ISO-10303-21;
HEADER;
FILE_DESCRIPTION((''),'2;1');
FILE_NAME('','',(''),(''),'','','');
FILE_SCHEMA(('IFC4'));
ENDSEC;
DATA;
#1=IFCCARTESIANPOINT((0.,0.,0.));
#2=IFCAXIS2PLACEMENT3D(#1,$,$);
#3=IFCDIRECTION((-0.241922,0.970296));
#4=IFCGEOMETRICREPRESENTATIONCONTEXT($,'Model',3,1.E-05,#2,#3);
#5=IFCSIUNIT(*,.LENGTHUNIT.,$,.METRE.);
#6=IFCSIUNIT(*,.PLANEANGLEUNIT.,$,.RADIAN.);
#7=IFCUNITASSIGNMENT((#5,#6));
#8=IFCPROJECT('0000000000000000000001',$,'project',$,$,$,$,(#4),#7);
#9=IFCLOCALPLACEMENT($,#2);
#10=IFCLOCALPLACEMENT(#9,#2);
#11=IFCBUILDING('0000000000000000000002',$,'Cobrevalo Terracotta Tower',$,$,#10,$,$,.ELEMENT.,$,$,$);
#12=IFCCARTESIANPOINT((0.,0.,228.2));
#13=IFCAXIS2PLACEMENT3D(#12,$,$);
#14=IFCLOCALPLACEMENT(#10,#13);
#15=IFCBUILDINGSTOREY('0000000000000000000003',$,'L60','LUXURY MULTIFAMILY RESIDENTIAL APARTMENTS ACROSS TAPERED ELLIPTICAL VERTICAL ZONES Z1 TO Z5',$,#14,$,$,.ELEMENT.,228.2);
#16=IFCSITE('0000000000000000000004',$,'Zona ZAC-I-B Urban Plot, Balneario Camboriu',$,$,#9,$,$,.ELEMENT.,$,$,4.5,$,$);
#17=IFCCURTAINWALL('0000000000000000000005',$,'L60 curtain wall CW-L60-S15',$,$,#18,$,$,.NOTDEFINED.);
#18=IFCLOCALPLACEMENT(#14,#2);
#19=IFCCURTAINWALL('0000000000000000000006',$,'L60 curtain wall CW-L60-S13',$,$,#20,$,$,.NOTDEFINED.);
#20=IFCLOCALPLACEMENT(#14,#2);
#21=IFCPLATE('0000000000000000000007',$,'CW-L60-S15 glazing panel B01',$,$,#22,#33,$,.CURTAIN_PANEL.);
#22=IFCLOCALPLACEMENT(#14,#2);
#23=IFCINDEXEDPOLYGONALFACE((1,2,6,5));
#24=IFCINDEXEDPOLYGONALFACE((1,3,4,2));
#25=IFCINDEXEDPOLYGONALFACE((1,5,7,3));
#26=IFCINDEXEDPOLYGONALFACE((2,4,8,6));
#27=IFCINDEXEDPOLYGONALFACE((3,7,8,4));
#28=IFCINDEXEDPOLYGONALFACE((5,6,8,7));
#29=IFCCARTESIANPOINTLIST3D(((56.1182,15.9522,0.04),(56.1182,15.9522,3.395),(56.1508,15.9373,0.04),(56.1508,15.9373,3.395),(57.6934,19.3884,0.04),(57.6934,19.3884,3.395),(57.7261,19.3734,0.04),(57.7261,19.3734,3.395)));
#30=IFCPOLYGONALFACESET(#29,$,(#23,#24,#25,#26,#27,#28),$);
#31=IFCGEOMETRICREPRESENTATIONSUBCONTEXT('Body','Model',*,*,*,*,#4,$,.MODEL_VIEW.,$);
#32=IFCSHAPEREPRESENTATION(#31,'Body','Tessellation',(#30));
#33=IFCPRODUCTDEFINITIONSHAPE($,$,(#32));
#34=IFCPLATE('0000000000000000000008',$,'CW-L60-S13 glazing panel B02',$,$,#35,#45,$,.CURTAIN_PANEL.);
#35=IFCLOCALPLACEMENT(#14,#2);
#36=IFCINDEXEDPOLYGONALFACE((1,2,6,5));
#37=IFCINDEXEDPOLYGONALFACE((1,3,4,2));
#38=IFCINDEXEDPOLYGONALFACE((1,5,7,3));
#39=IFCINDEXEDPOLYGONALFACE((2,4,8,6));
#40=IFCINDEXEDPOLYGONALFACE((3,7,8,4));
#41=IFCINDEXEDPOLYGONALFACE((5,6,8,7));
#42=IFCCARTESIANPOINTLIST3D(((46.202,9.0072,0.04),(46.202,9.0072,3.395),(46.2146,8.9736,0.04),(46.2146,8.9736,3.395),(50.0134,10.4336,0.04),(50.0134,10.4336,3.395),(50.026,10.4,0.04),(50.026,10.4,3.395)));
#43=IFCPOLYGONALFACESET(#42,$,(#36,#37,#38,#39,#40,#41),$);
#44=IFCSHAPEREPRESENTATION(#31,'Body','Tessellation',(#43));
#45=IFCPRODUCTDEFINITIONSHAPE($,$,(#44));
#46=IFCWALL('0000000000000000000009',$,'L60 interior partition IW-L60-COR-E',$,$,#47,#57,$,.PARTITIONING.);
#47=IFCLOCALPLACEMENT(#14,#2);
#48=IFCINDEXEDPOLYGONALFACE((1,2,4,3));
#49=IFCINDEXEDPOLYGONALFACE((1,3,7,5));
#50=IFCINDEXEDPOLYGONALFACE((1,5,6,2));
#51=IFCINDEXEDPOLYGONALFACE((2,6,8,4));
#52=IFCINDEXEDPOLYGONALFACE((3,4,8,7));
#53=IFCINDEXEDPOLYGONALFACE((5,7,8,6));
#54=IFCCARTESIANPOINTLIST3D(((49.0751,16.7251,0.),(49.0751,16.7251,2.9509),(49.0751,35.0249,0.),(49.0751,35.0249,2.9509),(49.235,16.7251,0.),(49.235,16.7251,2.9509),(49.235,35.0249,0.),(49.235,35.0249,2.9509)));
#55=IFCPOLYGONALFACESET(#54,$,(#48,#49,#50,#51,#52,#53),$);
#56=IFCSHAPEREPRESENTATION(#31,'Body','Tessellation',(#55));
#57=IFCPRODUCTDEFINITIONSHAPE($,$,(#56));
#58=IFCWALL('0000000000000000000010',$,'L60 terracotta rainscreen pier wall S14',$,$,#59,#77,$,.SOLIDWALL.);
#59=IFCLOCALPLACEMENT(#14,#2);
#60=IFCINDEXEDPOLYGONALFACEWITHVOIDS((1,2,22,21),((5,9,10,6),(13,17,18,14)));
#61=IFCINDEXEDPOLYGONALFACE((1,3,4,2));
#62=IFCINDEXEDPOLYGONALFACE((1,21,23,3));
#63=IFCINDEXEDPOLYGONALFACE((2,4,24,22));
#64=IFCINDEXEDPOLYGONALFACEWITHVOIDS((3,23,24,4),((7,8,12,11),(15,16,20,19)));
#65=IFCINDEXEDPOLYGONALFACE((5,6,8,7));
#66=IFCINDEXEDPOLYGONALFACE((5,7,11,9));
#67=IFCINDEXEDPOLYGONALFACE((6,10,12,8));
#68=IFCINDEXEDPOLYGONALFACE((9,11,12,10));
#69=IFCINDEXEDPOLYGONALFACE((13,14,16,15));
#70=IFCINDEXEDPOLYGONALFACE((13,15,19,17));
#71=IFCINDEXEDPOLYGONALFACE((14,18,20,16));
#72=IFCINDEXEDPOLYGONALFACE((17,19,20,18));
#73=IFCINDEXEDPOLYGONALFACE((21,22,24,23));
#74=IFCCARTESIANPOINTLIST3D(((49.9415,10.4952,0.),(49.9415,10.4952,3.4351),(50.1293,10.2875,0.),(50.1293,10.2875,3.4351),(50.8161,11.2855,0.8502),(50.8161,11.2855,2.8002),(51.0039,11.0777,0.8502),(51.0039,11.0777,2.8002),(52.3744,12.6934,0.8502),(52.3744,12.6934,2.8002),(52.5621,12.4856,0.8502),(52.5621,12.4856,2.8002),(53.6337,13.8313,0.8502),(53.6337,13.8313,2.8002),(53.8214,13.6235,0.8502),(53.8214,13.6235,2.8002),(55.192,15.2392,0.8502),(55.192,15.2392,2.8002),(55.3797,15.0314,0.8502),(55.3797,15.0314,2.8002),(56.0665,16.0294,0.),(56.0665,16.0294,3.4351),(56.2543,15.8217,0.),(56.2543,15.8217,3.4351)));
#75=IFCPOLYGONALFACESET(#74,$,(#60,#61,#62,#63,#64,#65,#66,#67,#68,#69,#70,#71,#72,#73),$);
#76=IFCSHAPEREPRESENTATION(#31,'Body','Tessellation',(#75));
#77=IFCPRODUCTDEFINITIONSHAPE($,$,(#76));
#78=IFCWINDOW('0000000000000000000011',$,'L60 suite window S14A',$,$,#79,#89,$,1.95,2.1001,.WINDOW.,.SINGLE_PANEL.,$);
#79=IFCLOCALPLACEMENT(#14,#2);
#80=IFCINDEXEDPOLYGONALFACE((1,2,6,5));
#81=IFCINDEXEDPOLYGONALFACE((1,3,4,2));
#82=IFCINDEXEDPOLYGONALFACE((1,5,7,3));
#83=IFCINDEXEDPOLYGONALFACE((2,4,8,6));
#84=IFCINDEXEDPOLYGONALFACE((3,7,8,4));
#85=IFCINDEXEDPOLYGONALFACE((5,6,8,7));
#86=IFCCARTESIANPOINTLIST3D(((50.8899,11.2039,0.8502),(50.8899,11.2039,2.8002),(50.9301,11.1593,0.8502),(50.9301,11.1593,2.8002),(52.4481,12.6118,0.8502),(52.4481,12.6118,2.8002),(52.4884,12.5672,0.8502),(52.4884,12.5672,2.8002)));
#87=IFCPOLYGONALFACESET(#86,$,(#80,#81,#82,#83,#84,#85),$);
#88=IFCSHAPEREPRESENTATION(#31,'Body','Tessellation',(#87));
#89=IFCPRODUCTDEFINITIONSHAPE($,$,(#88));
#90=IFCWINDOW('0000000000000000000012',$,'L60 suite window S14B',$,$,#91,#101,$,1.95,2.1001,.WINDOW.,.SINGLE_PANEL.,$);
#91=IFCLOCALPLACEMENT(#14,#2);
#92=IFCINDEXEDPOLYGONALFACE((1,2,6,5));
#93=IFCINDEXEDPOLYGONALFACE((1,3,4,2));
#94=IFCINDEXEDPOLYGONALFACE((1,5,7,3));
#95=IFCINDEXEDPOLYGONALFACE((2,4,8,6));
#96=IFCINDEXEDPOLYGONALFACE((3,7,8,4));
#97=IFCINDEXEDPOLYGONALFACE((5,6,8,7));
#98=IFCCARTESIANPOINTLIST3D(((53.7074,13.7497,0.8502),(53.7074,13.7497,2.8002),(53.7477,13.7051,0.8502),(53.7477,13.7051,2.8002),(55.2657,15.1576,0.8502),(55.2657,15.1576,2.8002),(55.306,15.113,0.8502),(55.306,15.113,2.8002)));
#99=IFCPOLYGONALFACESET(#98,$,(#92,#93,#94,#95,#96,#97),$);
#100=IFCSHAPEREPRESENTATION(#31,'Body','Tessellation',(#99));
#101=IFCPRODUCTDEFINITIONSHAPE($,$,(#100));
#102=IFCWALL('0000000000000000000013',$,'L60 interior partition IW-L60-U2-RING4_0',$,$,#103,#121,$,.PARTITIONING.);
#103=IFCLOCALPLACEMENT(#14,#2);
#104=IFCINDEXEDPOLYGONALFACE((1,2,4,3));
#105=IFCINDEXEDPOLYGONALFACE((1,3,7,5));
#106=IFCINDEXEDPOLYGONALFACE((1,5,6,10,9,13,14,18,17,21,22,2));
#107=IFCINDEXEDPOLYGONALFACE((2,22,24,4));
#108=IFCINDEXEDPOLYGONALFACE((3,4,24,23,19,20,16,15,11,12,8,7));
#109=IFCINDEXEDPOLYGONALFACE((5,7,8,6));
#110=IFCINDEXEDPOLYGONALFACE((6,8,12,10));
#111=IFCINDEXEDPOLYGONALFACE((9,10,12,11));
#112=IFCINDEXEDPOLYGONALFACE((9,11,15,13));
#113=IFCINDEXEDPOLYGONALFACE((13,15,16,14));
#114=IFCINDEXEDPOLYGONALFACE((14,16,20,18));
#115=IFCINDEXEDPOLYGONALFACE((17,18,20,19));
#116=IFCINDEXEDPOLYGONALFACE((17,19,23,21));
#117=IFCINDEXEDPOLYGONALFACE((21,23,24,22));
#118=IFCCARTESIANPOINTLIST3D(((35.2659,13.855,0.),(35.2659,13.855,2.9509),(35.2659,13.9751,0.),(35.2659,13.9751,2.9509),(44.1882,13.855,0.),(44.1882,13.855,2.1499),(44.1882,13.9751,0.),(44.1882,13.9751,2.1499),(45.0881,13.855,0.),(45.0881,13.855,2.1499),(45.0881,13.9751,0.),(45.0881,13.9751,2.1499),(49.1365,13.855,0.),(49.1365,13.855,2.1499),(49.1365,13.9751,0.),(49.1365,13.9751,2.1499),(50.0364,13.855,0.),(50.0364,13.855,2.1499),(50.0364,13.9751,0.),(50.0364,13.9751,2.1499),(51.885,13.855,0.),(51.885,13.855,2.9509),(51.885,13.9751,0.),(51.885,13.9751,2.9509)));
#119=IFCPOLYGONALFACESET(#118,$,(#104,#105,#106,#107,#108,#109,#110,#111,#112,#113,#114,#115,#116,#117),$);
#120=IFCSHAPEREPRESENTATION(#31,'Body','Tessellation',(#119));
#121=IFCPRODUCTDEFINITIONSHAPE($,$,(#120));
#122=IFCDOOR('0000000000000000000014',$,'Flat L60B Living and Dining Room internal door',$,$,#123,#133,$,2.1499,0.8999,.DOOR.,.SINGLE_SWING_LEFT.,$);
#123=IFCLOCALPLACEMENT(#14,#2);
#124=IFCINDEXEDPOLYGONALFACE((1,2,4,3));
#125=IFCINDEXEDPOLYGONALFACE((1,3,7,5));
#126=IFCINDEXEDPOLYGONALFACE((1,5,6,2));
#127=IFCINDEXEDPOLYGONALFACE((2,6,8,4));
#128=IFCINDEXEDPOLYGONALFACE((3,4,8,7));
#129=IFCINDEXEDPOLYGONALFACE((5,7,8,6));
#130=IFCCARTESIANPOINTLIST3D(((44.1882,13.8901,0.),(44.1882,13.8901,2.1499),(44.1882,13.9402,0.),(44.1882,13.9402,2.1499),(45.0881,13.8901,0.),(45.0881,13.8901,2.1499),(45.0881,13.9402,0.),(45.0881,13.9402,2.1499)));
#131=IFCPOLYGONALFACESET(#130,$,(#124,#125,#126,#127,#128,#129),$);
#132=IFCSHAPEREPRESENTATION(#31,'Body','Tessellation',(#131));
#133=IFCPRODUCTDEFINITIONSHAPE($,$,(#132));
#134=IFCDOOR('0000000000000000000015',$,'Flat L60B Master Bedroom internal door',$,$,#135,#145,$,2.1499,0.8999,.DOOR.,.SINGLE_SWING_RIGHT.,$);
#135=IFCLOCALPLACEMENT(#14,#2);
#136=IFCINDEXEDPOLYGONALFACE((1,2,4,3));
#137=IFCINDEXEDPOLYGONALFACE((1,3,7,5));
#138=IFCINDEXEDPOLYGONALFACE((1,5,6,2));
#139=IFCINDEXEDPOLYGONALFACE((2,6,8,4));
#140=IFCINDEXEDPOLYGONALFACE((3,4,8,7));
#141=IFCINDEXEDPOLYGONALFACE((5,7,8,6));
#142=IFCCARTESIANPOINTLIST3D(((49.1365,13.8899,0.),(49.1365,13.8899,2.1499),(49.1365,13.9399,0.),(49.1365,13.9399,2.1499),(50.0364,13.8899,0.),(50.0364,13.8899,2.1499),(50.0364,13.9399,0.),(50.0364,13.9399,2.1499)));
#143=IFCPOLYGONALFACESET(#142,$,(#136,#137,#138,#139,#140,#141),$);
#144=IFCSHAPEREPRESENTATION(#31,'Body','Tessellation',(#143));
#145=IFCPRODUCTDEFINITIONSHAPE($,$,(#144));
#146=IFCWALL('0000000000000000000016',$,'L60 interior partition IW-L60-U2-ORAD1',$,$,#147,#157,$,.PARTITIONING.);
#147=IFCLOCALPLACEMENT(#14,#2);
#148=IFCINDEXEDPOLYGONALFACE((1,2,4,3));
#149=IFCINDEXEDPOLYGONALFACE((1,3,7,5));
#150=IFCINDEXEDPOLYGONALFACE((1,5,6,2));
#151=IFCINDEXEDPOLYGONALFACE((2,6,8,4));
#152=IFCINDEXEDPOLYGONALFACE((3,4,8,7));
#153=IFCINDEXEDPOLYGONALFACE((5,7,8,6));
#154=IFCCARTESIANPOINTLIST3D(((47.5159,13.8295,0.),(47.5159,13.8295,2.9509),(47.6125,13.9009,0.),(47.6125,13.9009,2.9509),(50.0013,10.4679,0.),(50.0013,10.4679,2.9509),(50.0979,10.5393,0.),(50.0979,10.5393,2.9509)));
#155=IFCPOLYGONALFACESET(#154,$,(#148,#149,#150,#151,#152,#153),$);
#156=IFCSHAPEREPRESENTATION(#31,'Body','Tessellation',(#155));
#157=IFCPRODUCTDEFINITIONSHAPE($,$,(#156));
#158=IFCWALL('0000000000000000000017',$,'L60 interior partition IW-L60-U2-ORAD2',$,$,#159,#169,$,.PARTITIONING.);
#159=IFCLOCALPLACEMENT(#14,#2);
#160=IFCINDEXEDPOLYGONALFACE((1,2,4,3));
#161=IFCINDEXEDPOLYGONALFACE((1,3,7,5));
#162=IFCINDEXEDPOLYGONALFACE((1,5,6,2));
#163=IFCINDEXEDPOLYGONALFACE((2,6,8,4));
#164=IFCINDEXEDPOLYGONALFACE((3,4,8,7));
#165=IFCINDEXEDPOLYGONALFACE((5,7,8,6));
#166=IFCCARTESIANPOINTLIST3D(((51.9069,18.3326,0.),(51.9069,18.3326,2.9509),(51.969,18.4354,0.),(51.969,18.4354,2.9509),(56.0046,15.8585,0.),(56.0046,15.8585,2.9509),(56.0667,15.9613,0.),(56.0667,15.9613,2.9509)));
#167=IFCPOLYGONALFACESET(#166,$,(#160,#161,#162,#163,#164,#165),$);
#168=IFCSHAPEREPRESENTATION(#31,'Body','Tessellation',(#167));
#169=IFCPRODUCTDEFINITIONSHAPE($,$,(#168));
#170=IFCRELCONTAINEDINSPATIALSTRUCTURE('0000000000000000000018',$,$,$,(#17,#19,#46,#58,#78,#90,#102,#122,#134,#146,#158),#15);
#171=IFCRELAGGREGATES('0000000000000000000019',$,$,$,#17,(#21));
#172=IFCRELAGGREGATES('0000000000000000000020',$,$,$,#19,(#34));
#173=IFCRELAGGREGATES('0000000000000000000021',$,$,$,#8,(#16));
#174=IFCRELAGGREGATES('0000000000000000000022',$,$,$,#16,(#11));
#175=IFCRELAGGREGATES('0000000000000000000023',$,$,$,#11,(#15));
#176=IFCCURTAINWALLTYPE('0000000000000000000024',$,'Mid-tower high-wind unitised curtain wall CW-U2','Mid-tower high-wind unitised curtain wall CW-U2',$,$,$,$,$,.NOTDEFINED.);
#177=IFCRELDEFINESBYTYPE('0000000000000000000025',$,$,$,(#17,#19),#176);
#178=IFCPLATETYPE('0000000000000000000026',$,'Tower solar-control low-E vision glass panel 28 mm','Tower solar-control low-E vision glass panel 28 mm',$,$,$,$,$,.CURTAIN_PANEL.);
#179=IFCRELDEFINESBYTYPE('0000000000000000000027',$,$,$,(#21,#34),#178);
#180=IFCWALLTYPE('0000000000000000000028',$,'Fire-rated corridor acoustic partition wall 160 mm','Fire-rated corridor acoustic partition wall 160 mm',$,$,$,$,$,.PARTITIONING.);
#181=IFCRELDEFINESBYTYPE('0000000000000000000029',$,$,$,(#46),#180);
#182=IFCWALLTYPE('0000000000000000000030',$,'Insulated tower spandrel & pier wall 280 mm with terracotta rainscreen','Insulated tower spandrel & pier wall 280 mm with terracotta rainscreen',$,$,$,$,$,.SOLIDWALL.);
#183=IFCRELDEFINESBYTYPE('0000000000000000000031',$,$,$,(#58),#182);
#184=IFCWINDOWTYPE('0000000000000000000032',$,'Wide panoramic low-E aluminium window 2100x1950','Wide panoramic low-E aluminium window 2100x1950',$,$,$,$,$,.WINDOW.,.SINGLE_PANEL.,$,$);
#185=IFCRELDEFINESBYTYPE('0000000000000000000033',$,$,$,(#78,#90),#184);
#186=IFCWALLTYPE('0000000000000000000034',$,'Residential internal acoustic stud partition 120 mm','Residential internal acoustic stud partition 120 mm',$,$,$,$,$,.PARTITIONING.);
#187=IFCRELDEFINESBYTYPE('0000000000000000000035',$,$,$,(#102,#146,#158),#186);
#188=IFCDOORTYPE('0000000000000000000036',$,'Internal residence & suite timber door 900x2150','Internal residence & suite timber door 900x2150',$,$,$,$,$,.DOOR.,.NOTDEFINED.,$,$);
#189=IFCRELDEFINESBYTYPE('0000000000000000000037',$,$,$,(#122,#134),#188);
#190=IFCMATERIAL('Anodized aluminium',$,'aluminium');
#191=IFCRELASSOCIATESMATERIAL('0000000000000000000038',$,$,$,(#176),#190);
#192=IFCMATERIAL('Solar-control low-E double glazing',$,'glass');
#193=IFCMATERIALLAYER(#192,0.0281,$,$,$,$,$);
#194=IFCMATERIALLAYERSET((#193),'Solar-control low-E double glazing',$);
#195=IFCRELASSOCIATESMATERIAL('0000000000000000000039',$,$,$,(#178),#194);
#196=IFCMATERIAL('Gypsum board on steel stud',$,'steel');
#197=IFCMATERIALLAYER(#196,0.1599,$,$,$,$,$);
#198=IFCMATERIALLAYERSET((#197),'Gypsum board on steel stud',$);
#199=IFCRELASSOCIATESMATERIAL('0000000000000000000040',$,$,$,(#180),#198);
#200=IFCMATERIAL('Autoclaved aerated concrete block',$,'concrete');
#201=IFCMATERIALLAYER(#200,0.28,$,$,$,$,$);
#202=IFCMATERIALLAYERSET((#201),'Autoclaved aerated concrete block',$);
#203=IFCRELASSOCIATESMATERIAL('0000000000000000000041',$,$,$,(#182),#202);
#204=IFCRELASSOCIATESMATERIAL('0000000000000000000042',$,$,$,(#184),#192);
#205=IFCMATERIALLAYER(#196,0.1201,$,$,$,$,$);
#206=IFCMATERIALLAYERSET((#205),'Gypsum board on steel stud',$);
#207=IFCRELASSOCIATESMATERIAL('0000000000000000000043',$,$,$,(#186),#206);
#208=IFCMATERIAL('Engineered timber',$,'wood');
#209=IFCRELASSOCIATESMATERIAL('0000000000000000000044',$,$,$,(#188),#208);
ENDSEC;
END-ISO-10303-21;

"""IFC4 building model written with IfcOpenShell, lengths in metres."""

from ifc_helpers import new_model, si_unit, direction, frame, frame_2d, origin, origin_2d, place, context, subcontext, project, spatial, rectangle, extrude, source, transform, mapped, material, layer, layer_set, type_object, element, fill, aggregate, save


model = new_model("IFC4")

# Units and contexts
model_context = context("Model", 3, precision=1e-05, world=origin(), true_north=direction((-0.241922, 0.970296)))
body_context = subcontext(model_context, "Body", "Model", "MODEL_VIEW")
ifc_project = project(units=[si_unit("LENGTHUNIT", "METRE"), si_unit("PLANEANGLEUNIT", "RADIAN")], contexts=[model_context])

# Site, building, storey
site_placement = place(None, origin())
site = spatial("IfcSite", under=ifc_project, at=site_placement, Name="Zona ZAC-I-B Urban Plot, Balneario Camboriu", CompositionType="ELEMENT", RefElevation=4.5)
building_placement = place(site_placement, origin())
building = spatial("IfcBuilding", under=site, at=building_placement, Name="Cobrevalo Terracotta Tower", CompositionType="ELEMENT")
storey_placement = place(building_placement, frame((0.0, 0.0, 228.2)))
storey = spatial("IfcBuildingStorey", under=building, at=storey_placement, Name="L60", Description="LUXURY MULTIFAMILY RESIDENTIAL APARTMENTS ACROSS TAPERED ELLIPTICAL VERTICAL ZONES Z1 TO Z5", CompositionType="ELEMENT", Elevation=228.2)

# Curtain wall
ifc_material_1 = material(Name="Anodized aluminium", Category="aluminium")
curtain_wall_type = type_object("IfcCurtainWallType", Name="Mid-tower high-wind unitised curtain wall CW-U2", Description="Mid-tower high-wind unitised curtain wall CW-U2", PredefinedType="NOTDEFINED", material=ifc_material_1)
curtain_wall_1_placement = place(storey_placement, origin())
curtain_wall_1 = element("IfcCurtainWall", 1, at=curtain_wall_1_placement, inside=storey, type_object=curtain_wall_type, Name="L60 curtain wall CW-L60-S15", PredefinedType="NOTDEFINED")

# Curtain wall
curtain_wall_2_placement = place(storey_placement, origin())
curtain_wall_2 = element("IfcCurtainWall", 2, at=curtain_wall_2_placement, inside=storey, type_object=curtain_wall_type, Name="L60 curtain wall CW-L60-S13", PredefinedType="NOTDEFINED")

# Plates
ifc_material_2 = material(Name="Solar-control low-E double glazing", Category="glass")
ifc_layer_1 = layer(ifc_material_2, 0.0281)
ifc_layer_set_1 = layer_set([ifc_layer_1], Name="Solar-control low-E double glazing")
plate_type = type_object("IfcPlateType", Name="Tower solar-control low-E vision glass panel 28 mm", Description="Tower solar-control low-E vision glass panel 28 mm", PredefinedType="CURTAIN_PANEL", material=ifc_layer_set_1)
shared_shape_1 = source(origin(), body_context, "Body", "SweptSolid", [
    extrude(rectangle(XDim=3.78, YDim=0.0359, at=origin_2d()), origin(), (0.0, 0.0, 1.0), 3.355),
])
plate_1_placement = place(storey_placement, frame((56.9221, 17.6628, 0.04), z_axis=(0.0, 0.0, 1.0), x_axis=(0.416731, 0.90903, 0.0)))
plate_1 = element("IfcPlate", 3, at=plate_1_placement, type_object=plate_type, Name="CW-L60-S15 glazing panel B01", PredefinedType="CURTAIN_PANEL", context=body_context, shape_type="MappedRepresentation", body=[
    mapped(shared_shape_1, transform((0.0, 0.0, 0.0), scale=1.0)),
])
aggregate(curtain_wall_1, [plate_1])
shared_shape_2 = source(origin(), body_context, "Body", "SweptSolid", [
    extrude(rectangle(XDim=4.0696, YDim=0.0359, at=origin_2d()), origin(), (0.0, 0.0, 1.0), 3.355),
])
plate_2_placement = place(storey_placement, frame((48.114, 9.7036, 0.04), z_axis=(0.0, 0.0, 1.0), x_axis=(0.936558, 0.350513, 0.0)))
plate_2 = element("IfcPlate", 4, at=plate_2_placement, type_object=plate_type, Name="CW-L60-S13 glazing panel B02", PredefinedType="CURTAIN_PANEL", context=body_context, shape_type="MappedRepresentation", body=[
    mapped(shared_shape_2, transform((0.0, 0.0, 0.0), scale=1.0)),
])
aggregate(curtain_wall_2, [plate_2])

# Wall
ifc_material_3 = material(Name="Gypsum board on steel stud", Category="steel")
ifc_layer_2 = layer(ifc_material_3, 0.1599)
ifc_layer_set_2 = layer_set([ifc_layer_2], Name="Gypsum board on steel stud")
wall_type_1 = type_object("IfcWallType", Name="Fire-rated corridor acoustic partition wall 160 mm", Description="Fire-rated corridor acoustic partition wall 160 mm", PredefinedType="PARTITIONING", material=ifc_layer_set_2)
wall_1_placement = place(storey_placement, frame((49.155, 16.7251, 0.0), z_axis=(0.0, 0.0, 1.0), x_axis=(0.0, 1.0, 0.0)))
element("IfcWall", 5, at=wall_1_placement, inside=storey, type_object=wall_type_1, Name="L60 interior partition IW-L60-COR-E", PredefinedType="PARTITIONING", context=body_context, shape_type="SweptSolid", body=[
    extrude(rectangle(XDim=18.2998, YDim=0.1599, at=frame_2d((9.1499, 0.0))), origin(), (0.0, 0.0, 1.0), 2.9509),
])

# Wall, openings, windows
ifc_material_4 = material(Name="Autoclaved aerated concrete block", Category="concrete")
ifc_layer_3 = layer(ifc_material_4, 0.28)
ifc_layer_set_3 = layer_set([ifc_layer_3], Name="Autoclaved aerated concrete block")
wall_type_2 = type_object("IfcWallType", Name="Insulated tower spandrel & pier wall 280 mm with terracotta rainscreen", Description="Insulated tower spandrel & pier wall 280 mm with terracotta rainscreen", PredefinedType="SOLIDWALL", material=ifc_layer_set_3)
wall_2_placement = place(storey_placement, frame((50.0354, 10.3914, 0.0), z_axis=(0.0, 0.0, 1.0), x_axis=(0.741987, 0.670414, 0.0)))
wall_2 = element("IfcWall", 6, at=wall_2_placement, inside=storey, type_object=wall_type_2, Name="L60 terracotta rainscreen pier wall S14", PredefinedType="SOLIDWALL", context=body_context, shape_type="SweptSolid", body=[
    extrude(rectangle(XDim=8.2549, YDim=0.28, at=frame_2d((4.1274, 0.0))), origin(), (0.0, 0.0, 1.0), 3.4351),
])
opening_1_placement = place(wall_2_placement, frame((1.1787, 0.0, 0.8501)))
opening_1 = element("IfcOpeningElement", 7, at=opening_1_placement, cuts=wall_2, PredefinedType="OPENING", context=body_context, shape_type="SweptSolid", body=[
    extrude(rectangle(XDim=2.1001, YDim=1.95, at=frame_2d((1.05, 0.9751))), frame((0.0, 0.1499, 0.0), z_axis=(0.0, -1.0, 0.0), x_axis=(1.0, 0.0, 0.0)), (0.0, 0.0, 1.0), 0.3),
])
opening_2_placement = place(wall_2_placement, frame((4.9761, 0.0, 0.8501)))
opening_2 = element("IfcOpeningElement", 8, at=opening_2_placement, cuts=wall_2, PredefinedType="OPENING", context=body_context, shape_type="SweptSolid", body=[
    extrude(rectangle(XDim=2.1001, YDim=1.95, at=frame_2d((1.05, 0.9751))), frame((0.0, 0.1499, 0.0), z_axis=(0.0, -1.0, 0.0), x_axis=(1.0, 0.0, 0.0)), (0.0, 0.0, 1.0), 0.3),
])
window_type = type_object("IfcWindowType", Name="Wide panoramic low-E aluminium window 2100x1950", Description="Wide panoramic low-E aluminium window 2100x1950", PartitioningType="SINGLE_PANEL", PredefinedType="WINDOW", material=ifc_material_2)
shared_shape_3 = source(origin(), body_context, "Body", "SweptSolid", [
    extrude(rectangle(XDim=2.1001, YDim=1.95, at=frame_2d((1.05, 0.9751))), frame((0.0, 0.03, 0.0), z_axis=(0.0, -1.0, 0.0), x_axis=(1.0, 0.0, 0.0)), (0.0, 0.0, 1.0), 0.0601),
])
window_1_placement = place(opening_1_placement, origin())
window_1 = element("IfcWindow", 9, at=window_1_placement, inside=storey, type_object=window_type, Name="L60 suite window S14A", OverallHeight=1.95, OverallWidth=2.1001, PartitioningType="SINGLE_PANEL", PredefinedType="WINDOW", context=body_context, shape_type="MappedRepresentation", body=[
    mapped(shared_shape_3, transform((0.0, 0.0, 0.0), scale=1.0)),
])
fill(opening_1, window_1)
window_2_placement = place(opening_2_placement, origin())
window_2 = element("IfcWindow", 10, at=window_2_placement, inside=storey, type_object=window_type, Name="L60 suite window S14B", OverallHeight=1.95, OverallWidth=2.1001, PartitioningType="SINGLE_PANEL", PredefinedType="WINDOW", context=body_context, shape_type="MappedRepresentation", body=[
    mapped(shared_shape_3, transform((0.0, 0.0, 0.0), scale=1.0)),
])
fill(opening_2, window_2)

# Wall, openings, doors
ifc_layer_4 = layer(ifc_material_3, 0.1201)
ifc_layer_set_4 = layer_set([ifc_layer_4], Name="Gypsum board on steel stud")
wall_type_3 = type_object("IfcWallType", Name="Residential internal acoustic stud partition 120 mm", Description="Residential internal acoustic stud partition 120 mm", PredefinedType="PARTITIONING", material=ifc_layer_set_4)
wall_3_placement = place(storey_placement, frame((51.885, 13.915, 0.0), z_axis=(0.0, 0.0, 1.0), x_axis=(-1.0, 0.0, 0.0)))
wall_3 = element("IfcWall", 11, at=wall_3_placement, inside=storey, type_object=wall_type_3, Name="L60 interior partition IW-L60-U2-RING4_0", PredefinedType="PARTITIONING", context=body_context, shape_type="SweptSolid", body=[
    extrude(rectangle(XDim=16.6191, YDim=0.1201, at=frame_2d((8.3096, 0.0))), origin(), (0.0, 0.0, 1.0), 2.9509),
])
opening_3_placement = place(wall_3_placement, frame((6.7969, 0.0, 0.0)))
opening_3 = element("IfcOpeningElement", 12, at=opening_3_placement, cuts=wall_3, PredefinedType="OPENING", context=body_context, shape_type="SweptSolid", body=[
    extrude(rectangle(XDim=0.8999, YDim=2.1499, at=frame_2d((0.45, 1.075))), frame((0.0, 0.0701, 0.0), z_axis=(0.0, -1.0, 0.0), x_axis=(1.0, 0.0, 0.0)), (0.0, 0.0, 1.0), 0.1401),
])
opening_4_placement = place(wall_3_placement, frame((1.8486, 0.0, 0.0)))
opening_4 = element("IfcOpeningElement", 13, at=opening_4_placement, cuts=wall_3, PredefinedType="OPENING", context=body_context, shape_type="SweptSolid", body=[
    extrude(rectangle(XDim=0.8999, YDim=2.1499, at=frame_2d((0.45, 1.075))), frame((0.0, 0.0701, 0.0), z_axis=(0.0, -1.0, 0.0), x_axis=(1.0, 0.0, 0.0)), (0.0, 0.0, 1.0), 0.1401),
])
ifc_material_5 = material(Name="Engineered timber", Category="wood")
door_type = type_object("IfcDoorType", Name="Internal residence & suite timber door 900x2150", Description="Internal residence & suite timber door 900x2150", OperationType="NOTDEFINED", PredefinedType="DOOR", material=ifc_material_5)
shared_shape_4 = source(origin(), body_context, "Body", "SweptSolid", [
    extrude(rectangle(XDim=0.8999, YDim=2.1499, at=frame_2d((0.45, 1.075))), frame((0.0, 0.0249, 0.0), z_axis=(0.0, -1.0, 0.0), x_axis=(1.0, 0.0, 0.0)), (0.0, 0.0, 1.0), 0.05),
])
door_1_placement = place(opening_3_placement, origin())
door_1 = element("IfcDoor", 14, at=door_1_placement, inside=storey, type_object=door_type, Name="Flat L60B Living and Dining Room internal door", OperationType="SINGLE_SWING_LEFT", OverallHeight=2.1499, OverallWidth=0.8999, PredefinedType="DOOR", context=body_context, shape_type="MappedRepresentation", body=[
    mapped(shared_shape_4, transform((0.0, 0.0, 0.0), scale=1.0)),
])
fill(opening_3, door_1)
door_2_placement = place(opening_4_placement, frame((0.8999, 0.0, 0.0), z_axis=(0.0, 0.0, 1.0), x_axis=(-1.0, 0.0, 0.0)))
door_2 = element("IfcDoor", 15, at=door_2_placement, inside=storey, type_object=door_type, Name="Flat L60B Master Bedroom internal door", OperationType="SINGLE_SWING_RIGHT", OverallHeight=2.1499, OverallWidth=0.8999, PredefinedType="DOOR", context=body_context, shape_type="MappedRepresentation", body=[
    mapped(shared_shape_4, transform((0.0, 0.0, 0.0), scale=1.0)),
])
fill(opening_4, door_2)

# Walls
wall_4_placement = place(storey_placement, frame((47.5642, 13.8652, 0.0), z_axis=(0.0, 0.0, 1.0), x_axis=(0.594501, -0.804095, 0.0)))
element("IfcWall", 16, at=wall_4_placement, inside=storey, type_object=wall_type_3, Name="L60 interior partition IW-L60-U2-ORAD1", PredefinedType="PARTITIONING", context=body_context, shape_type="SweptSolid", body=[
    extrude(rectangle(XDim=4.1807, YDim=0.1201, at=frame_2d((2.0903, 0.0))), origin(), (0.0, 0.0, 1.0), 2.9509),
])
wall_5_placement = place(storey_placement, frame((51.938, 18.384, 0.0), z_axis=(0.0, 0.0, 1.0), x_axis=(0.856058, -0.516879, 0.0)))
element("IfcWall", 17, at=wall_5_placement, inside=storey, type_object=wall_type_3, Name="L60 interior partition IW-L60-U2-ORAD2", PredefinedType="PARTITIONING", context=body_context, shape_type="SweptSolid", body=[
    extrude(rectangle(XDim=4.7866, YDim=0.1201, at=frame_2d((2.3933, 0.0))), origin(), (0.0, 0.0, 1.0), 2.9509),
])

save(model, "model.ifc")
